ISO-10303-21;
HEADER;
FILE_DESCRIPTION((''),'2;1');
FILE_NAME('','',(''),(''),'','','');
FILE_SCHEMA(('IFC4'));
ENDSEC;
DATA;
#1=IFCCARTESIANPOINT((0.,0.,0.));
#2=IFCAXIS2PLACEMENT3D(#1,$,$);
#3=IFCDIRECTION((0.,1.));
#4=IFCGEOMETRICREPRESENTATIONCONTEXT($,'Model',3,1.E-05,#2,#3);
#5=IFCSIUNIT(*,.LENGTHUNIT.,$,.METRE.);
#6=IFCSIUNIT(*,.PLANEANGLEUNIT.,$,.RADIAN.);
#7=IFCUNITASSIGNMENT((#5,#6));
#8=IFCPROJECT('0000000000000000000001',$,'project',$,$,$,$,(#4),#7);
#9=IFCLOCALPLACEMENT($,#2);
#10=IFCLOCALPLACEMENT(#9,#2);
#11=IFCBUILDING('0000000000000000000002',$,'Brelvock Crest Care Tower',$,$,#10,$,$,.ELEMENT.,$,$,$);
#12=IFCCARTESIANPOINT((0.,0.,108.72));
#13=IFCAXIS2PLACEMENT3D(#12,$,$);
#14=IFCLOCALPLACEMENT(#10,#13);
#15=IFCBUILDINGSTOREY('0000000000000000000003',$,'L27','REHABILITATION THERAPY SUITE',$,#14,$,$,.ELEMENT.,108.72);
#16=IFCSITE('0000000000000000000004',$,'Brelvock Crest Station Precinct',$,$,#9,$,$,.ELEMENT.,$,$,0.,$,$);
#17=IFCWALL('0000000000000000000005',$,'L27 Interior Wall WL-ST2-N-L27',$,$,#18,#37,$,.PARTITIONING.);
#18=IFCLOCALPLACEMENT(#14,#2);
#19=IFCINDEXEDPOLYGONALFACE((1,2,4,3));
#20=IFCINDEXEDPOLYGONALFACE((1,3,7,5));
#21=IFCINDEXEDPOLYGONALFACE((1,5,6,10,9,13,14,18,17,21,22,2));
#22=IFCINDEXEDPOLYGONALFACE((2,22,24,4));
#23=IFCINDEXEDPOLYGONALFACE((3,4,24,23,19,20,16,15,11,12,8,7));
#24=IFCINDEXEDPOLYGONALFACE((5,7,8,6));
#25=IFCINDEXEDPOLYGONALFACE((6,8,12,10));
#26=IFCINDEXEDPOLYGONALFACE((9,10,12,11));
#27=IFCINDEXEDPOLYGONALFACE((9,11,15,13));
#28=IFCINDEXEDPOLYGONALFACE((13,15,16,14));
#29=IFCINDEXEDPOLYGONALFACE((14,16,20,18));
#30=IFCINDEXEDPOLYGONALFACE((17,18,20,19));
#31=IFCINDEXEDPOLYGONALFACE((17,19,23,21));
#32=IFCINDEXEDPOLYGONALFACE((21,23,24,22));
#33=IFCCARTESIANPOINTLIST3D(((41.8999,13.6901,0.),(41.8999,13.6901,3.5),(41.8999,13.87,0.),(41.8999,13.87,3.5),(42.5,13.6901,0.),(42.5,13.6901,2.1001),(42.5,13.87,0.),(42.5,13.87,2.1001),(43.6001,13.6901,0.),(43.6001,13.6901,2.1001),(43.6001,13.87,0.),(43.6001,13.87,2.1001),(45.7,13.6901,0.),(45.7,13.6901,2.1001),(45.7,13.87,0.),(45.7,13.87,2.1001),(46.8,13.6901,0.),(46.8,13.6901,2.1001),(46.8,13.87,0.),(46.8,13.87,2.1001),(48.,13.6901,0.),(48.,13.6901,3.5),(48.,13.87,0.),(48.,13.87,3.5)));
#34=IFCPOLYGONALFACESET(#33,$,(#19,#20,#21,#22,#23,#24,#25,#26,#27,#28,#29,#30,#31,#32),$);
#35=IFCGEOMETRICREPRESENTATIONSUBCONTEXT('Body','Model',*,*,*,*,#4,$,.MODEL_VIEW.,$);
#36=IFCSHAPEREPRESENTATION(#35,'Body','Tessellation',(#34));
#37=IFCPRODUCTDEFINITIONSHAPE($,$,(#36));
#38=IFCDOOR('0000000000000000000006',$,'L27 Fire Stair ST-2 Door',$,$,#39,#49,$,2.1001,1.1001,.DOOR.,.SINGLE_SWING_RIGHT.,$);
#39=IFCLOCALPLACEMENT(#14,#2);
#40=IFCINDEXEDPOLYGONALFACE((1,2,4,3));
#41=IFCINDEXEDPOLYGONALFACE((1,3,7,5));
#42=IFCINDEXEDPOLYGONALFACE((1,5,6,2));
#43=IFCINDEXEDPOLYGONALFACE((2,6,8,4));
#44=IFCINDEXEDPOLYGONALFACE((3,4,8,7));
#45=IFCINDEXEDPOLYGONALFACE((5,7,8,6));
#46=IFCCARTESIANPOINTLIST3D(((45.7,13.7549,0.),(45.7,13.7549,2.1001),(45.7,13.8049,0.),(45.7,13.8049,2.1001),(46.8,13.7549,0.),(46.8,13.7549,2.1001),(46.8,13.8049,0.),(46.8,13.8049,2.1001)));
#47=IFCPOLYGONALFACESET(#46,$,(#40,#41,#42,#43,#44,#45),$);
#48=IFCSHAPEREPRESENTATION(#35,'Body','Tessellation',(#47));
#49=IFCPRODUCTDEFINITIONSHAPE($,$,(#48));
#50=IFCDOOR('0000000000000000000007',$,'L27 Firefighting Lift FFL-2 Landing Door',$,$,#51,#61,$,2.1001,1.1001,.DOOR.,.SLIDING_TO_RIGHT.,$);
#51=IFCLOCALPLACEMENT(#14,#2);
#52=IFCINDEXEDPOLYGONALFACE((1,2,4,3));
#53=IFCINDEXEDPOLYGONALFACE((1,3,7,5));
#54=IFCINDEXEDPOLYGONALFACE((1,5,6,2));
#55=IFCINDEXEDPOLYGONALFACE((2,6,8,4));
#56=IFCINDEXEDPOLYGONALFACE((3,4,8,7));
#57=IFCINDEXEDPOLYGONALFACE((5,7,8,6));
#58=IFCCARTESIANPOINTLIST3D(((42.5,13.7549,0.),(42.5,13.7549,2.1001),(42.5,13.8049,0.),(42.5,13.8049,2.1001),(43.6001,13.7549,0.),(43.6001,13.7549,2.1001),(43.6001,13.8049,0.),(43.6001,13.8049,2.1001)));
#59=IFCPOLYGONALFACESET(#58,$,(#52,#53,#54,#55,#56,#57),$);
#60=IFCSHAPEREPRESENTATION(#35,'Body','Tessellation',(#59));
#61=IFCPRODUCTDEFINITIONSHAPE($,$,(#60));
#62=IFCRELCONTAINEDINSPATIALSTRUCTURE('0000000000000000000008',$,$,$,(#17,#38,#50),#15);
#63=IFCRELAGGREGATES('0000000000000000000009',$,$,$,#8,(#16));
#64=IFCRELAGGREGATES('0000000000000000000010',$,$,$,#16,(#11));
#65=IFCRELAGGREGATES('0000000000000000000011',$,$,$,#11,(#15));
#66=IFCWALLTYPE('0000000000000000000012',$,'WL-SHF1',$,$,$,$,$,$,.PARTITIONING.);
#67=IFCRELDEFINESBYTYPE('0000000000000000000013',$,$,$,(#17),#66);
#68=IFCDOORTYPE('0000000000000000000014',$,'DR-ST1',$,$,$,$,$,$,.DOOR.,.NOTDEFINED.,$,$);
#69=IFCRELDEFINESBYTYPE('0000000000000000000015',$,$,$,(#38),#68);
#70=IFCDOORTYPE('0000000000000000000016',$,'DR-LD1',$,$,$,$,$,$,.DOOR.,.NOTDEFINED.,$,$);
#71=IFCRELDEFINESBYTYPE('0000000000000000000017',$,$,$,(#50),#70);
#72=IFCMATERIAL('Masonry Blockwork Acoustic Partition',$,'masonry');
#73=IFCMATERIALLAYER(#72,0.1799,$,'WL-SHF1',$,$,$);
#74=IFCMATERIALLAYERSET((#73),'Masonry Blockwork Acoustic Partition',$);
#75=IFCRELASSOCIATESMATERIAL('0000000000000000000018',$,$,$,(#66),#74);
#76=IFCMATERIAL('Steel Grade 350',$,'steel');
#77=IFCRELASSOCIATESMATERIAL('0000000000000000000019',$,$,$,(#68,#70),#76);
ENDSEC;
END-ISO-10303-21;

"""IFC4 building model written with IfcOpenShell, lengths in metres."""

from ifc_helpers import new_model, si_unit, direction, frame, frame_2d, origin, origin_2d, place, context, subcontext, project, spatial, rectangle, extrude, source, transform, mapped, material, layer, layer_set, type_object, element, fill, save


model = new_model("IFC4")

# Units and contexts
model_context = context("Model", 3, precision=1e-05, world=origin(), true_north=direction((0.0, 1.0)))
body_context = subcontext(model_context, "Body", "Model", "MODEL_VIEW")
ifc_project = project(units=[si_unit("LENGTHUNIT", "METRE"), si_unit("PLANEANGLEUNIT", "RADIAN")], contexts=[model_context])

# Site, building, storey
site_placement = place(None, origin())
site = spatial("IfcSite", under=ifc_project, at=site_placement, Name="Brelvock Crest Station Precinct", CompositionType="ELEMENT", RefElevation=0.0)
building_placement = place(site_placement, origin())
building = spatial("IfcBuilding", under=site, at=building_placement, Name="Brelvock Crest Care Tower", CompositionType="ELEMENT")
storey_placement = place(building_placement, frame((0.0, 0.0, 108.72)))
storey = spatial("IfcBuildingStorey", under=building, at=storey_placement, Name="L27", Description="REHABILITATION THERAPY SUITE", CompositionType="ELEMENT", Elevation=108.72)

# Shared definitions
ifc_material_1 = material(Name="Steel Grade 350", Category="steel")

# Shared definitions
ifc_material_2 = material(Name="Masonry Blockwork Acoustic Partition", Category="masonry")

# Shared definitions
ifc_layer_1 = layer(ifc_material_2, 0.1799, Name="WL-SHF1")
ifc_layer_set_1 = layer_set([ifc_layer_1], Name="Masonry Blockwork Acoustic Partition")
wall_type_1 = type_object("IfcWallType", Name="WL-SHF1", PredefinedType="PARTITIONING", material=ifc_layer_set_1)

# Wall, openings, doors
wall_1_placement = place(storey_placement, frame((41.8999, 13.78, 0.0), z_axis=(0.0, 0.0, 1.0), x_axis=(1.0, 0.0, 0.0)))
wall_1 = element("IfcWall", 1, at=wall_1_placement, inside=storey, type_object=wall_type_1, Name="L27 Interior Wall WL-ST2-N-L27", PredefinedType="PARTITIONING", context=body_context, shape_type="SweptSolid", body=[
    extrude(rectangle(XDim=6.1001, YDim=0.1799, at=frame_2d((3.05, 0.0))), origin(), (0.0, 0.0, 1.0), 3.5),
])
opening_1_placement = place(wall_1_placement, frame((0.6001, 0.0, 0.0)))
opening_1 = element("IfcOpeningElement", 2, at=opening_1_placement, cuts=wall_1, PredefinedType="OPENING", context=body_context, shape_type="SweptSolid", body=[
    extrude(rectangle(XDim=1.1001, YDim=2.1001, at=origin_2d()), frame((0.55, 0.1001, 1.05), z_axis=(0.0, -1.0, 0.0), x_axis=(1.0, 0.0, 0.0)), (0.0, 0.0, 1.0), 0.2),
])
opening_2_placement = place(wall_1_placement, frame((3.8, 0.0, 0.0)))
opening_2 = element("IfcOpeningElement", 3, at=opening_2_placement, cuts=wall_1, PredefinedType="OPENING", context=body_context, shape_type="SweptSolid", body=[
    extrude(rectangle(XDim=1.1001, YDim=2.1001, at=origin_2d()), frame((0.55, 0.1001, 1.05), z_axis=(0.0, -1.0, 0.0), x_axis=(1.0, 0.0, 0.0)), (0.0, 0.0, 1.0), 0.2),
])
door_type_1 = type_object("IfcDoorType", Name="DR-ST1", OperationType="NOTDEFINED", PredefinedType="DOOR", material=ifc_material_1)
shared_shape_1 = source(origin(), body_context, "Body", "SweptSolid", [
    extrude(rectangle(XDim=1.1001, YDim=2.1001, at=origin_2d()), frame((0.55, 0.0249, 1.05), z_axis=(0.0, -1.0, 0.0), x_axis=(1.0, 0.0, 0.0)), (0.0, 0.0, 1.0), 0.05),
])
door_1_placement = place(opening_2_placement, origin())
door_1 = element("IfcDoor", 4, at=door_1_placement, inside=storey, type_object=door_type_1, Name="L27 Fire Stair ST-2 Door", OperationType="SINGLE_SWING_RIGHT", OverallHeight=2.1001, OverallWidth=1.1001, PredefinedType="DOOR", context=body_context, shape_type="MappedRepresentation", body=[
    mapped(shared_shape_1, transform((0.0, 0.0, 0.0), x_axis=(1.0, 0.0, 0.0), y_axis=(0.0, 1.0, 0.0), z_axis=(0.0, 0.0, 1.0), scale=1.0)),
])
fill(opening_2, door_1)
door_type_2 = type_object("IfcDoorType", Name="DR-LD1", OperationType="NOTDEFINED", PredefinedType="DOOR", material=ifc_material_1)
shared_shape_2 = source(origin(), body_context, "Body", "SweptSolid", [
    extrude(rectangle(XDim=1.1001, YDim=2.1001, at=origin_2d()), frame((0.55, 0.0249, 1.05), z_axis=(0.0, -1.0, 0.0), x_axis=(1.0, 0.0, 0.0)), (0.0, 0.0, 1.0), 0.05),
])
door_2_placement = place(opening_1_placement, origin())
door_2 = element("IfcDoor", 5, at=door_2_placement, inside=storey, type_object=door_type_2, Name="L27 Firefighting Lift FFL-2 Landing Door", OperationType="SLIDING_TO_RIGHT", OverallHeight=2.1001, OverallWidth=1.1001, PredefinedType="DOOR", context=body_context, shape_type="MappedRepresentation", body=[
    mapped(shared_shape_2, transform((0.0, 0.0, 0.0), x_axis=(1.0, 0.0, 0.0), y_axis=(0.0, 1.0, 0.0), z_axis=(0.0, 0.0, 1.0), scale=1.0)),
])
fill(opening_1, door_2)

save(model, "model.ifc")
